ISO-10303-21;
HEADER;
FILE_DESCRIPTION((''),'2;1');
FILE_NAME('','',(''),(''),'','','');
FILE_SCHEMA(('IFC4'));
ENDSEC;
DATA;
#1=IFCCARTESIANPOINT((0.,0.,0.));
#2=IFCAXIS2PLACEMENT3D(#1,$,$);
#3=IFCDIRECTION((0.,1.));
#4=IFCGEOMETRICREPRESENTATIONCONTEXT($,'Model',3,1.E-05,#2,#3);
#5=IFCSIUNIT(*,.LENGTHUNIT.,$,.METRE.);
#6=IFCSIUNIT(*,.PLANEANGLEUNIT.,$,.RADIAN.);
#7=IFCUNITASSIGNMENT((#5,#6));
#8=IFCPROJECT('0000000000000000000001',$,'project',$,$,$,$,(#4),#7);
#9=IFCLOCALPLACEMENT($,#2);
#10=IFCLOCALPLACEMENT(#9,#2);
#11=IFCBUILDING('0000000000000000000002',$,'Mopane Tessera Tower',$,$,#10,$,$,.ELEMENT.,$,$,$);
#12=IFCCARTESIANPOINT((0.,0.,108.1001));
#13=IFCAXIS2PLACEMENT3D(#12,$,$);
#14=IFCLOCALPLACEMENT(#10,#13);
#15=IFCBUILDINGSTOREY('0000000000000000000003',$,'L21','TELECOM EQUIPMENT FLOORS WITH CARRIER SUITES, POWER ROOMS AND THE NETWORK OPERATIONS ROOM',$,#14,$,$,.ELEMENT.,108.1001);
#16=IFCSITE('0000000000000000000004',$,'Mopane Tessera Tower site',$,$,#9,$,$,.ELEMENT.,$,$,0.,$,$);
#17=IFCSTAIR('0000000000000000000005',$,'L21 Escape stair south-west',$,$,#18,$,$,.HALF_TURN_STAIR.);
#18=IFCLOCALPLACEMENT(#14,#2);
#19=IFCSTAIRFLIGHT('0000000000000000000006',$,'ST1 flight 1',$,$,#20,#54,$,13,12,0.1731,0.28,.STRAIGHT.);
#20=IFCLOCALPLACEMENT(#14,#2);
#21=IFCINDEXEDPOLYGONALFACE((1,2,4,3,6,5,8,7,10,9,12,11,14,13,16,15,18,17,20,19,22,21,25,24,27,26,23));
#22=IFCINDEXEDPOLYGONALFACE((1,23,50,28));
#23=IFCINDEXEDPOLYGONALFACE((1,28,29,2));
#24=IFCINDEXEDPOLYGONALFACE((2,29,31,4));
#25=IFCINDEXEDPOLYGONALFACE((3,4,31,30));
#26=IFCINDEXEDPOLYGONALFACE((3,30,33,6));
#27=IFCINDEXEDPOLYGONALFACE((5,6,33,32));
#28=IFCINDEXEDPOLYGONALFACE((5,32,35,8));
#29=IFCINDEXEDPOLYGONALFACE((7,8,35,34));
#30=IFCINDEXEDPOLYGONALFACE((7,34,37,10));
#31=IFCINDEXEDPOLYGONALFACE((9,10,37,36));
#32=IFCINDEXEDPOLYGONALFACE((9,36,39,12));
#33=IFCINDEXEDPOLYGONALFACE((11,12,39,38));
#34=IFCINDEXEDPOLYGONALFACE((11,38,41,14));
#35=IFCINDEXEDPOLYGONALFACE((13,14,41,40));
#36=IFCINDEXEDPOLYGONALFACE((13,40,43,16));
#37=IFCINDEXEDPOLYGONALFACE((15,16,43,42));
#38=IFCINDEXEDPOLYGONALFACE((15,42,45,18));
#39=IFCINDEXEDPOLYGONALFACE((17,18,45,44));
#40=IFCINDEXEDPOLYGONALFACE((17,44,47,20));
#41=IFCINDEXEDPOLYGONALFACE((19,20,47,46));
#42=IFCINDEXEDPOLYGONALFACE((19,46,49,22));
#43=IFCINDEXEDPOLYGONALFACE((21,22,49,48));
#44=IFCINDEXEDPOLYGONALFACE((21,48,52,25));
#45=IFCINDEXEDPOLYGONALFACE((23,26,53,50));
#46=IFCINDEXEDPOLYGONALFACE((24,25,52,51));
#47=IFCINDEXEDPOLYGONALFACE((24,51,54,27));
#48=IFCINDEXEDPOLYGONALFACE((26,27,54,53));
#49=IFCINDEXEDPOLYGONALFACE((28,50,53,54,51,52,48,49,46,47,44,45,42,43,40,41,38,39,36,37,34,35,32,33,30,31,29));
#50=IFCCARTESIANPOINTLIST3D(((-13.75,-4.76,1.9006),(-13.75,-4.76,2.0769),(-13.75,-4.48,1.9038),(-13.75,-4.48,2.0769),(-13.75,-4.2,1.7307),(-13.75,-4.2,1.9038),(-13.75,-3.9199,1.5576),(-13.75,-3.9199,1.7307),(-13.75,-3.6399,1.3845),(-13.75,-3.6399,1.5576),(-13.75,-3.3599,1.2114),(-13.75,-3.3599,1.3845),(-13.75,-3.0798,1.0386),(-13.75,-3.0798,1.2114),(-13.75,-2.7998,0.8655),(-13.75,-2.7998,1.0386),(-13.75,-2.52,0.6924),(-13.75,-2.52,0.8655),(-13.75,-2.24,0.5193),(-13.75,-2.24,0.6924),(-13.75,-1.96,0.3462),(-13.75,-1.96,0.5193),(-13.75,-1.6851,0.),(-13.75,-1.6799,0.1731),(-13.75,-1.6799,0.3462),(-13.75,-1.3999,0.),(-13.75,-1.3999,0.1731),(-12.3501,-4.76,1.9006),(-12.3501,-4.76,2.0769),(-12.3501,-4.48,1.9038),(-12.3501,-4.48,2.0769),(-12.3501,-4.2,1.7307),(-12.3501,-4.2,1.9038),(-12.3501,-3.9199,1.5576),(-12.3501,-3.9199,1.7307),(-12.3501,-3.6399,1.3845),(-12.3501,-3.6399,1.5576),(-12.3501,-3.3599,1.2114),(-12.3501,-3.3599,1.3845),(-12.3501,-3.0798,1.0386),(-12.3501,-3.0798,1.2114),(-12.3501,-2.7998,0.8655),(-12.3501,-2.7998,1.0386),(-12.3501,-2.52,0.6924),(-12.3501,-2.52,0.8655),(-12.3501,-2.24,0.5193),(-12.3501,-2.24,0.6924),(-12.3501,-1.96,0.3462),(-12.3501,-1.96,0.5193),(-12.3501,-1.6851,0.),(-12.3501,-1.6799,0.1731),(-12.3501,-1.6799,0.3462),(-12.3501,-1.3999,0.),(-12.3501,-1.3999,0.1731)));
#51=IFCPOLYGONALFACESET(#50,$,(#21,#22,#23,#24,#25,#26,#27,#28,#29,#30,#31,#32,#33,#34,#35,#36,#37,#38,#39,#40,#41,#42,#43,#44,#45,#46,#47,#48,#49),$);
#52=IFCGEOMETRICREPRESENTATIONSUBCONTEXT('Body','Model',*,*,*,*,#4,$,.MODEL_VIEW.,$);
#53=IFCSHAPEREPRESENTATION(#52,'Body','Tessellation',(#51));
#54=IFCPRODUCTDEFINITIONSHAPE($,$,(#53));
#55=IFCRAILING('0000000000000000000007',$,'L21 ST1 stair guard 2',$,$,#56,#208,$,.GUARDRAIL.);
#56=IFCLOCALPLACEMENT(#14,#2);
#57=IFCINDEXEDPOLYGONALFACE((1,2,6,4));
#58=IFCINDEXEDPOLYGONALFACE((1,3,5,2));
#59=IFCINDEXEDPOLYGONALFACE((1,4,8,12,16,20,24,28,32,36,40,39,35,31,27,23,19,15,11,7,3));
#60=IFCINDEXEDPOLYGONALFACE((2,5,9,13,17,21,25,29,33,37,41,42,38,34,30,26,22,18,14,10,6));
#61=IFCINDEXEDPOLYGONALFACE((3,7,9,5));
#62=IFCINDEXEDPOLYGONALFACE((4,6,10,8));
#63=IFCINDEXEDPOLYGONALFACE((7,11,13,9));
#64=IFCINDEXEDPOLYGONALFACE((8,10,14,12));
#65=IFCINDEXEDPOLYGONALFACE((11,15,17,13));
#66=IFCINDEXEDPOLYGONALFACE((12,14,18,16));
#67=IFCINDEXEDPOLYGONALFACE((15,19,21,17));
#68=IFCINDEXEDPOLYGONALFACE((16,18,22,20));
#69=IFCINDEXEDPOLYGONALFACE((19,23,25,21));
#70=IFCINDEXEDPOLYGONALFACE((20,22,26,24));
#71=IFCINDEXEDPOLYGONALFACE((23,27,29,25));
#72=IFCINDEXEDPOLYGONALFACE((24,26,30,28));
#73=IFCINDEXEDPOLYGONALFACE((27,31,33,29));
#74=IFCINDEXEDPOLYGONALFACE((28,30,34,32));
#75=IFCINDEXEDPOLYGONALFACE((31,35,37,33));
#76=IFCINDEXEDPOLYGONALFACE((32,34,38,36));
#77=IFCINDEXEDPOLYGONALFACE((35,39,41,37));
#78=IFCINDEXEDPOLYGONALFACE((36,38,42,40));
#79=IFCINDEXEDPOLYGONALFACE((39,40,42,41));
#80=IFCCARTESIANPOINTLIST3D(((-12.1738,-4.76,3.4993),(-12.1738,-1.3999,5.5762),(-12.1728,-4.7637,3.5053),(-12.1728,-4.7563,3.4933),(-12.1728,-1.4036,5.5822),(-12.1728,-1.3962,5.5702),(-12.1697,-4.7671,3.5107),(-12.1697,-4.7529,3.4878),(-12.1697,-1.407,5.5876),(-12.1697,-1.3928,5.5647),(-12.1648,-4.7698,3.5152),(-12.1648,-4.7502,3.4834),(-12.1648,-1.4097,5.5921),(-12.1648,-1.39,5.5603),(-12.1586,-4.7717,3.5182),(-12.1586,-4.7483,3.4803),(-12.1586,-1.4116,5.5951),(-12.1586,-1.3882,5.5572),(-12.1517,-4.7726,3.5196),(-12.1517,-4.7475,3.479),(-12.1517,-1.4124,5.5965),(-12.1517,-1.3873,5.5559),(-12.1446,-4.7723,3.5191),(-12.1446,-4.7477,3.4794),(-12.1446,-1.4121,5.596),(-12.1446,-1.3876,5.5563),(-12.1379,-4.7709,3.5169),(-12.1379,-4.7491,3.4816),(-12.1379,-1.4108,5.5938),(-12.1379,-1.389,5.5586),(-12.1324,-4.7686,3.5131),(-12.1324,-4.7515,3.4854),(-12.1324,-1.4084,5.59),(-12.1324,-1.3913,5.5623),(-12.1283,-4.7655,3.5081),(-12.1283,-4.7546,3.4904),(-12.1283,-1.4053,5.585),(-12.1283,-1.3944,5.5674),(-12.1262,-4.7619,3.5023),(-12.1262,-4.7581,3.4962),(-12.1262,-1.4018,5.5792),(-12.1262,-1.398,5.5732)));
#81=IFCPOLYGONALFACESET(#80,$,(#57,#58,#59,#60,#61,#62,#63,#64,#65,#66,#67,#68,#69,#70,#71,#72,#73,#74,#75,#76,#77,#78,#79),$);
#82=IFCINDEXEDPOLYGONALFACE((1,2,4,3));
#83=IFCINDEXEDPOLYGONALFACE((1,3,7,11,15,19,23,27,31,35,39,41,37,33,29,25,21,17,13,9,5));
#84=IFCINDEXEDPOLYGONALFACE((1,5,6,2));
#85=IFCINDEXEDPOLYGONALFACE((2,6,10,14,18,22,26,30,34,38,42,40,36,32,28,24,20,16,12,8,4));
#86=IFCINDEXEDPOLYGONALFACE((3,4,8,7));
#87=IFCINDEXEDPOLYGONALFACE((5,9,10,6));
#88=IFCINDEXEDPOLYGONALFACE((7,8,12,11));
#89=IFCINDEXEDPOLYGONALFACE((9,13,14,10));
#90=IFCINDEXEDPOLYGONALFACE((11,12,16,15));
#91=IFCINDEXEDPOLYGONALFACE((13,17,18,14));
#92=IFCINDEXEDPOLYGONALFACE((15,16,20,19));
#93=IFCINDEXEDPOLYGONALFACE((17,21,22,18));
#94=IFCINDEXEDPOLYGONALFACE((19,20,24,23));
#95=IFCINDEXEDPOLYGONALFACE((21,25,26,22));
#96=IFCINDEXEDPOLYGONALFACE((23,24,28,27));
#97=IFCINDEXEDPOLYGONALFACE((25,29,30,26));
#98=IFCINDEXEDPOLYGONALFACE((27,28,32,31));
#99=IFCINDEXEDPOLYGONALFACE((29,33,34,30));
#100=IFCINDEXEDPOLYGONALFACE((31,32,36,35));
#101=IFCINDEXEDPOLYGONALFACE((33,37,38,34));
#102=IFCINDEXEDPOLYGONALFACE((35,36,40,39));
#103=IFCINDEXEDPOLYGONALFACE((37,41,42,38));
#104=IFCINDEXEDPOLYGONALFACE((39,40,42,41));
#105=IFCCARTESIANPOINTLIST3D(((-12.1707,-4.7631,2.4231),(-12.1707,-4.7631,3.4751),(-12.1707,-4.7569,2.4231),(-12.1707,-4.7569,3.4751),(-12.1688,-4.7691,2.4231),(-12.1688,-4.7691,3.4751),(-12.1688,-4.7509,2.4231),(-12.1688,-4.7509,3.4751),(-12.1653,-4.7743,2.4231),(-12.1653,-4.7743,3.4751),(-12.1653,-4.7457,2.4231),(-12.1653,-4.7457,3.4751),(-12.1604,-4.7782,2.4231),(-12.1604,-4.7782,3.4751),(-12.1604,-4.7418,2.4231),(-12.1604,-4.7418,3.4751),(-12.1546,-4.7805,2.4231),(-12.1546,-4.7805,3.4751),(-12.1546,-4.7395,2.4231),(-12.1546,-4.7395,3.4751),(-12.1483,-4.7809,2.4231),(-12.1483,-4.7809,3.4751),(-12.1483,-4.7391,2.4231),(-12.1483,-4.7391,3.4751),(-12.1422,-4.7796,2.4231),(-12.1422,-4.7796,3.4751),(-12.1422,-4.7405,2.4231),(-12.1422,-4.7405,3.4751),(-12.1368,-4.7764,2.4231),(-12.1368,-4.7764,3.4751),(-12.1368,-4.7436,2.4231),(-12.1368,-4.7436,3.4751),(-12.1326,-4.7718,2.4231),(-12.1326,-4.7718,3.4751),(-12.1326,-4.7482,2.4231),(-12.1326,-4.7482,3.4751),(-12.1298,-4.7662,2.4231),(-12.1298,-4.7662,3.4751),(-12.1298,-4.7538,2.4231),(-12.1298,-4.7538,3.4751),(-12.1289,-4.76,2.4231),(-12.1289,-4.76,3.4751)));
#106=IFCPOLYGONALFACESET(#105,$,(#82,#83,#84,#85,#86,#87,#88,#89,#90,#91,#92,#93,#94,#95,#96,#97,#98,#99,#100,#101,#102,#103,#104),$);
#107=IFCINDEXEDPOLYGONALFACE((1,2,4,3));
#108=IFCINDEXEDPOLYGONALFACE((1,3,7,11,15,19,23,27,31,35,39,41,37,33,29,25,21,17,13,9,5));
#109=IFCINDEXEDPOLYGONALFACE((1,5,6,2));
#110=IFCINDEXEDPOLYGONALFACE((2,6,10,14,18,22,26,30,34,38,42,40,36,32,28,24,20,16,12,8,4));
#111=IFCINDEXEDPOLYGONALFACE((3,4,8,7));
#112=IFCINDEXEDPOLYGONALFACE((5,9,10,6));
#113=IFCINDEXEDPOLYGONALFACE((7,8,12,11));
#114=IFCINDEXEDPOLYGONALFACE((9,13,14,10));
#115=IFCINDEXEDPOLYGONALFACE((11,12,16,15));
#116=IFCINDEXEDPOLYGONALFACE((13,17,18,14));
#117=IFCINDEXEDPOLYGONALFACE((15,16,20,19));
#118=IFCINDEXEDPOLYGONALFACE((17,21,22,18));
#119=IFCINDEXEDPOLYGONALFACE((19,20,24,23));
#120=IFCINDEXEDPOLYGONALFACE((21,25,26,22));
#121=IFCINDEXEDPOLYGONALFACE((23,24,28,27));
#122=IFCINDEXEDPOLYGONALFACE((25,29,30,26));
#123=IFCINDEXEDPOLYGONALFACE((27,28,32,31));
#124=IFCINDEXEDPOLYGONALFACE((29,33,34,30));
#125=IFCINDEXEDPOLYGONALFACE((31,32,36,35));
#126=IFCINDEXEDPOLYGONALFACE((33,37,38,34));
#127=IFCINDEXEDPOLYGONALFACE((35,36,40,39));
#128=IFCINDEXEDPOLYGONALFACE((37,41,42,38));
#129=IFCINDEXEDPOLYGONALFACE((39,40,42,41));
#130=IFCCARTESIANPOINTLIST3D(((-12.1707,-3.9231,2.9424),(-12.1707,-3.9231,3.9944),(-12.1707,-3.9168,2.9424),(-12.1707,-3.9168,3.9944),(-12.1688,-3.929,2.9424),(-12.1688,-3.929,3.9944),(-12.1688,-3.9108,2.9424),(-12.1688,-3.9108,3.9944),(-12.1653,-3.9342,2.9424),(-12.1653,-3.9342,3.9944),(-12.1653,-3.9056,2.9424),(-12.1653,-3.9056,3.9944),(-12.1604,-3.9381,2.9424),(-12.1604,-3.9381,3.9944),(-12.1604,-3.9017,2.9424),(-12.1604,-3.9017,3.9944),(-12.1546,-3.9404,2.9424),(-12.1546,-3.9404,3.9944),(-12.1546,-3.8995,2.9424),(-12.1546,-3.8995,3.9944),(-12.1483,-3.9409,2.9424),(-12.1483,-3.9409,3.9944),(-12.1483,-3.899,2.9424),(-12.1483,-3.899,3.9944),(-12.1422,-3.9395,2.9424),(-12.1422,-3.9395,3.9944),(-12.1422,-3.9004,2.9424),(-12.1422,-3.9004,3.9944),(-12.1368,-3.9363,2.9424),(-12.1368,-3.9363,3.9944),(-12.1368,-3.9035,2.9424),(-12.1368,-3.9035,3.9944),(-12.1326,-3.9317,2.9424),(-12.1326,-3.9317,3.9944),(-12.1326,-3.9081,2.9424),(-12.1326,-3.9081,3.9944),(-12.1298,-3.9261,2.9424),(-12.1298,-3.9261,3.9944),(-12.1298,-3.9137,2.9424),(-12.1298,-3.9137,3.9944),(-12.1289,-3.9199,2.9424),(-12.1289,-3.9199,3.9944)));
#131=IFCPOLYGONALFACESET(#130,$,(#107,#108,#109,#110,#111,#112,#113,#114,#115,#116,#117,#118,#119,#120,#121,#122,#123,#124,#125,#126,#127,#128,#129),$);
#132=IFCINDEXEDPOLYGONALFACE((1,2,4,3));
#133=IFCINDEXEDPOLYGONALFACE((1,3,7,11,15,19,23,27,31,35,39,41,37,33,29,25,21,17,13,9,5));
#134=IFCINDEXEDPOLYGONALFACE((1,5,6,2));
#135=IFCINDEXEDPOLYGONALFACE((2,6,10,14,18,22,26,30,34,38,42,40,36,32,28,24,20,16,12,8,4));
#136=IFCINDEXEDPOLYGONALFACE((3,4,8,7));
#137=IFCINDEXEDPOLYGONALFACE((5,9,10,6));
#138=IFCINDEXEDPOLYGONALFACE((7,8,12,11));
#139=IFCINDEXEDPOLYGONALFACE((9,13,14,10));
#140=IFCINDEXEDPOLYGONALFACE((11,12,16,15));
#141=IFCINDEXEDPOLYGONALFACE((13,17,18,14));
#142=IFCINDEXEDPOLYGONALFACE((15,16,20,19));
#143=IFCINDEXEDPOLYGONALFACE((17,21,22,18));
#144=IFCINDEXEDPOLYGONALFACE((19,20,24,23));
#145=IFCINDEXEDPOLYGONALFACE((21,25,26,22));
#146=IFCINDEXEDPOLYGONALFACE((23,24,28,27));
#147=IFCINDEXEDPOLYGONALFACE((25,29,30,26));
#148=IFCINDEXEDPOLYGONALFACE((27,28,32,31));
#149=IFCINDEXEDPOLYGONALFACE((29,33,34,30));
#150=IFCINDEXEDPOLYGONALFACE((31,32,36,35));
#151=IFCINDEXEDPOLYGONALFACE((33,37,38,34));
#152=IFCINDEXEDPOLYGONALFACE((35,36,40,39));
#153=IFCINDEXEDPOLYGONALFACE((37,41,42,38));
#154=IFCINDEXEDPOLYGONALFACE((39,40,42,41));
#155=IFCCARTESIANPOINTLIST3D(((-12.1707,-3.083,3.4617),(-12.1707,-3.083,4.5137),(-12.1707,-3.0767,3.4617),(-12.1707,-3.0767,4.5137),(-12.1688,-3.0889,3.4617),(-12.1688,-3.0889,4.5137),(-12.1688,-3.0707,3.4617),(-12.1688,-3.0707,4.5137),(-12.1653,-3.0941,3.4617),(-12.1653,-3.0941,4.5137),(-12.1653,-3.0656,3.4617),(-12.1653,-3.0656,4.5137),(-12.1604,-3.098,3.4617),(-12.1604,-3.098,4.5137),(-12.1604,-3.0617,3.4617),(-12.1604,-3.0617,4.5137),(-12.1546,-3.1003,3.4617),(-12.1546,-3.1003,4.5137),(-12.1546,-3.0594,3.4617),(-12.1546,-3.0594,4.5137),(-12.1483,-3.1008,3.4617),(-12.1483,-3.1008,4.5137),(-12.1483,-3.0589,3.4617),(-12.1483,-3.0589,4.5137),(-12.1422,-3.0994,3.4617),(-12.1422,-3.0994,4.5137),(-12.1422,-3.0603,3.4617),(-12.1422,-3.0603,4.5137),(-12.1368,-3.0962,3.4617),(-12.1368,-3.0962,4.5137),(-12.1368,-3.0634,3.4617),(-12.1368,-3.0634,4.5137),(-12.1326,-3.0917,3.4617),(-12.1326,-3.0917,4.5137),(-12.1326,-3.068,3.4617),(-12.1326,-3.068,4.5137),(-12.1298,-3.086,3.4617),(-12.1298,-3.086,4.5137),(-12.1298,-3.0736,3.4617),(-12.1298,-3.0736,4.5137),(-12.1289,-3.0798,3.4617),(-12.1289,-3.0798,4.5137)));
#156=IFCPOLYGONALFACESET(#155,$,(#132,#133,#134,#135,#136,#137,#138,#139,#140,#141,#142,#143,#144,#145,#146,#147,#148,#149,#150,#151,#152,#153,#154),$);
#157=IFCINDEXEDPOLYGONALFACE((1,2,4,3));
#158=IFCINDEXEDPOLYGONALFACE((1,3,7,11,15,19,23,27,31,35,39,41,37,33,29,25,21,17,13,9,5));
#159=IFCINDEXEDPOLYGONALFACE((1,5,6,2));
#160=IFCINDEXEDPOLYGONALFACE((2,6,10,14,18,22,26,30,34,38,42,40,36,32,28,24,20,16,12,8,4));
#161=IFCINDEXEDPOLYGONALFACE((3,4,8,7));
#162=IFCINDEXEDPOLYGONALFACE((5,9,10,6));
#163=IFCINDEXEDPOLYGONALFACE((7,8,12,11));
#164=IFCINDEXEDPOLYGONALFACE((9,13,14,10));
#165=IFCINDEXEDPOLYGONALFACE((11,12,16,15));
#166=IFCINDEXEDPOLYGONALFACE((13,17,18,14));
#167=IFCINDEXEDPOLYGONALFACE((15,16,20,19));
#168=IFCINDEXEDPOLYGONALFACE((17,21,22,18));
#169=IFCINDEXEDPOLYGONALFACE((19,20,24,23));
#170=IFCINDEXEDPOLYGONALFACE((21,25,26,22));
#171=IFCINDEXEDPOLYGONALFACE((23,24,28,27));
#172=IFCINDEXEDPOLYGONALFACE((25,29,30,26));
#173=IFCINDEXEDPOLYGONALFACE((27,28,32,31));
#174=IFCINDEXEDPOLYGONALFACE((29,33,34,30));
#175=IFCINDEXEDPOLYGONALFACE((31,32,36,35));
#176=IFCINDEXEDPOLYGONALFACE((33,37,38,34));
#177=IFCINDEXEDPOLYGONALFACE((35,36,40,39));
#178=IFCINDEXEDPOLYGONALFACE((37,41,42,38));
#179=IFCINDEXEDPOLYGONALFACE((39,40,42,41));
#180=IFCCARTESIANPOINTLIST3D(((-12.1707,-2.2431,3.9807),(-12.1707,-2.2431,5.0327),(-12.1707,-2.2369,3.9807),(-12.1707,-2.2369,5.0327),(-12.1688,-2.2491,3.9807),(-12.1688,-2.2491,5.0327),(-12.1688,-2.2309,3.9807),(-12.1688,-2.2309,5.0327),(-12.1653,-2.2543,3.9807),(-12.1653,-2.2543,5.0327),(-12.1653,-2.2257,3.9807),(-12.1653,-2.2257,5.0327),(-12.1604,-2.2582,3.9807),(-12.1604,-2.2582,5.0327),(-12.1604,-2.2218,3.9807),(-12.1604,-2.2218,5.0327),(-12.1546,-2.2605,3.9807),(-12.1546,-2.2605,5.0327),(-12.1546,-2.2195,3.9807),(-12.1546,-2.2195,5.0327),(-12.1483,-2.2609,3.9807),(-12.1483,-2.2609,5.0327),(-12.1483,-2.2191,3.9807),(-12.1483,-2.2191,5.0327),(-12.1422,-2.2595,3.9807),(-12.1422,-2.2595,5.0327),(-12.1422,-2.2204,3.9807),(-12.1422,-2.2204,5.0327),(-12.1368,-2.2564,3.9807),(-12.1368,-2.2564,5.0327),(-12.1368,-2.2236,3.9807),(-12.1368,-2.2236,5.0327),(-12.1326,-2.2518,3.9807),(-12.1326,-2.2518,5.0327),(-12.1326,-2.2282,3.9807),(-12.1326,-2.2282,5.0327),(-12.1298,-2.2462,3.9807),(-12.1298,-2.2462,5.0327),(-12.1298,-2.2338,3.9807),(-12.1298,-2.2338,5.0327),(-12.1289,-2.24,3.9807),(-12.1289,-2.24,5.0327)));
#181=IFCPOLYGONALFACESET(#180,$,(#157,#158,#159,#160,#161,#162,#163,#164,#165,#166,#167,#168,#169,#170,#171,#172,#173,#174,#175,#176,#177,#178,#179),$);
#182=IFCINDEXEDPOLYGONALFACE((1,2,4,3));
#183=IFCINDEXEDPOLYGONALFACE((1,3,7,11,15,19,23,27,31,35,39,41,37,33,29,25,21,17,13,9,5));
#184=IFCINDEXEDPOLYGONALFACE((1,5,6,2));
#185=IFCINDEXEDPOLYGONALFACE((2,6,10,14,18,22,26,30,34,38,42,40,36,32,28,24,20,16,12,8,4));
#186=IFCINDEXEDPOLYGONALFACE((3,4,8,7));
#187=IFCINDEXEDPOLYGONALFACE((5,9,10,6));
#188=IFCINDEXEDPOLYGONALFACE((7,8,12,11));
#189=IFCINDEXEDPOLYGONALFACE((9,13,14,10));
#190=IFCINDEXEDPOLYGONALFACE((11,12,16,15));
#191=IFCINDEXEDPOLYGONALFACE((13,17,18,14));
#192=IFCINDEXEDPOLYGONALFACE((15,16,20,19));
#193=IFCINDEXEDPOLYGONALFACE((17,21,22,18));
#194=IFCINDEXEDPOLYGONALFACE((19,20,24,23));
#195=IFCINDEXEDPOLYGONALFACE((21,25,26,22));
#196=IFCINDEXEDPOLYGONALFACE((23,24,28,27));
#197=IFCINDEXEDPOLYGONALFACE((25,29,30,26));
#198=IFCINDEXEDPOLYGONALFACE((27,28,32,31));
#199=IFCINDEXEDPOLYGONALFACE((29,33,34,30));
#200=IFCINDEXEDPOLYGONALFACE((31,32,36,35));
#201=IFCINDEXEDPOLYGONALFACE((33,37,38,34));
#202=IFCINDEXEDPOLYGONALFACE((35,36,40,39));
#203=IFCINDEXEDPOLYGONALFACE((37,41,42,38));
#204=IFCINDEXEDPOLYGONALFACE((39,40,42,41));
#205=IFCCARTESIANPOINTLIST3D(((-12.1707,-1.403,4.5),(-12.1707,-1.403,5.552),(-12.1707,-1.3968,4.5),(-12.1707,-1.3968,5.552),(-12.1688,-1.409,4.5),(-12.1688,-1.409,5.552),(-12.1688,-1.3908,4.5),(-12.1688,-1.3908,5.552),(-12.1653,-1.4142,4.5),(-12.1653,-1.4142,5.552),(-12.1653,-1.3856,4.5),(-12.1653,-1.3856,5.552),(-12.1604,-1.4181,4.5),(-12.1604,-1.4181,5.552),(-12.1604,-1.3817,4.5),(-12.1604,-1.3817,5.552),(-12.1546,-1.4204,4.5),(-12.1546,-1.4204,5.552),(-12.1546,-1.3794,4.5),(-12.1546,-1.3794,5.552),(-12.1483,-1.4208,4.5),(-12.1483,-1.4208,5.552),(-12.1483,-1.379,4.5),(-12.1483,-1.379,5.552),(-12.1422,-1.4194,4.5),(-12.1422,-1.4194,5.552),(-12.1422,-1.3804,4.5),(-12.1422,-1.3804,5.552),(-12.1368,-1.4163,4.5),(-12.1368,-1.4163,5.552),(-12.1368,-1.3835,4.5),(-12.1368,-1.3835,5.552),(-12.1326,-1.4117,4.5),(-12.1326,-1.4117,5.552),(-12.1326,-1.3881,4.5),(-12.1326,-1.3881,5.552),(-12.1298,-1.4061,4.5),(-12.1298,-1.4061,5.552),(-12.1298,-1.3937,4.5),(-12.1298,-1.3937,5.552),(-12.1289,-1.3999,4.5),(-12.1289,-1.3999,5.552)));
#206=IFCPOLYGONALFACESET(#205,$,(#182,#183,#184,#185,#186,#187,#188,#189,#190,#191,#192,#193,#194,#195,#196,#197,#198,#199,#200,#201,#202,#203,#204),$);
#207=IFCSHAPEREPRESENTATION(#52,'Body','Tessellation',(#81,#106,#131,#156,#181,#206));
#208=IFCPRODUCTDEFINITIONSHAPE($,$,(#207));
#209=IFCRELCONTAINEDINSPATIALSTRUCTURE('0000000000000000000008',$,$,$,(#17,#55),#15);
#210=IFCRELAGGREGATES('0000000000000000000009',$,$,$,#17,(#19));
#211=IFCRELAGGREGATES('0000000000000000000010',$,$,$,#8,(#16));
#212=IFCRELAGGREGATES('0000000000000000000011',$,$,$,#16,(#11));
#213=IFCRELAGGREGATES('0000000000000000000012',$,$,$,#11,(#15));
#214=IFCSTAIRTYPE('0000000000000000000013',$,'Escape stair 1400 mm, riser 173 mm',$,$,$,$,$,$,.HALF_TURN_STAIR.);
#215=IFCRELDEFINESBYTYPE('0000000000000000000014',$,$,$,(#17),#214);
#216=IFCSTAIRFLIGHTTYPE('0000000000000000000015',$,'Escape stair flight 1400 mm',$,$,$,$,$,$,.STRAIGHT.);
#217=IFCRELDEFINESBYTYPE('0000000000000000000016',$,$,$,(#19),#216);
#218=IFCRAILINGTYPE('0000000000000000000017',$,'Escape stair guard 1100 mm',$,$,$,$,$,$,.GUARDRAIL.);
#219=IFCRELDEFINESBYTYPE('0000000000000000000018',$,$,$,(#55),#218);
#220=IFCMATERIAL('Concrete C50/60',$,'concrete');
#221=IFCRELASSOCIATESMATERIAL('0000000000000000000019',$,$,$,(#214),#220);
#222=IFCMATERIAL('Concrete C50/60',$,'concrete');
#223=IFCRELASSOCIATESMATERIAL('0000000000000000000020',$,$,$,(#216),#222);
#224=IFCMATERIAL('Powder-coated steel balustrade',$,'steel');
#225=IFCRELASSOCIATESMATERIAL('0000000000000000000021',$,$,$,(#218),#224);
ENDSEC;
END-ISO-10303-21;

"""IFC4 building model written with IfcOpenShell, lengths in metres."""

from ifc_helpers import new_model, si_unit, direction, frame, origin, origin_2d, place, context, subcontext, project, spatial, polyline, circle, outline, extrude, material, type_object, element, aggregate, save


model = new_model("IFC4")

# Units and contexts
model_context = context("Model", 3, precision=1e-05, world=origin(), true_north=direction((0.0, 1.0)))
body_context = subcontext(model_context, "Body", "Model", "MODEL_VIEW")
ifc_project = project(units=[si_unit("LENGTHUNIT", "METRE"), si_unit("PLANEANGLEUNIT", "RADIAN")], contexts=[model_context])

# Site, building, storey
site_placement = place(None, origin())
site = spatial("IfcSite", under=ifc_project, at=site_placement, Name="Mopane Tessera Tower site", CompositionType="ELEMENT", RefElevation=0.0)
building_placement = place(site_placement, origin())
building = spatial("IfcBuilding", under=site, at=building_placement, Name="Mopane Tessera Tower", CompositionType="ELEMENT")
storey_placement = place(building_placement, frame((0.0, 0.0, 108.1001)))
storey = spatial("IfcBuildingStorey", under=building, at=storey_placement, Name="L21", Description="TELECOM EQUIPMENT FLOORS WITH CARRIER SUITES, POWER ROOMS AND THE NETWORK OPERATIONS ROOM", CompositionType="ELEMENT", Elevation=108.1001)

# Stair, stair flight
ifc_material_1 = material(Name="Concrete C50/60", Category="concrete")
stair_type = type_object("IfcStairType", Name="Escape stair 1400 mm, riser 173 mm", PredefinedType="HALF_TURN_STAIR", material=ifc_material_1)
stair_placement = place(storey_placement, origin())
stair = element("IfcStair", 1, at=stair_placement, inside=storey, type_object=stair_type, Name="L21 Escape stair south-west", PredefinedType="HALF_TURN_STAIR")
ifc_material_2 = material(Name="Concrete C50/60", Category="concrete")
stair_flight_type = type_object("IfcStairFlightType", Name="Escape stair flight 1400 mm", PredefinedType="STRAIGHT", material=ifc_material_2)
stair_flight_placement = place(storey_placement, frame((-13.05, -1.3999, 0.0), z_axis=(0.0, 0.0, 1.0), x_axis=(0.0, -1.0, 0.0)))
stair_flight = element("IfcStairFlight", 2, at=stair_flight_placement, type_object=stair_flight_type, Name="ST1 flight 1", NumberOfRisers=13, NumberOfTreads=12, PredefinedType="STRAIGHT", RiserHeight=0.1731, TreadLength=0.28, context=body_context, shape_type="SweptSolid", body=[
    extrude(outline(polyline([(0.0, 0.0), (0.0, 0.1731), (0.28, 0.1731), (0.28, 0.3462), (0.5601, 0.3462), (0.5601, 0.5193), (0.8401, 0.5193), (0.8401, 0.6924), (1.1201, 0.6924), (1.1201, 0.8655), (1.3999, 0.8655), (1.3999, 1.0386), (1.6799, 1.0386), (1.6799, 1.2114), (1.96, 1.2114), (1.96, 1.3845), (2.24, 1.3845), (2.24, 1.5576), (2.52, 1.5576), (2.52, 1.7307), (2.8, 1.7307), (2.8, 1.9038), (3.0801, 1.9038), (3.0801, 2.0769), (3.3601, 2.0769), (3.3601, 2.25), (3.3601, 1.9006), (0.2852, 0.0), (0.0, 0.0)])), frame((0.0, 0.7, 0.0), z_axis=(0.0, -1.0, 0.0), x_axis=(1.0, 0.0, 0.0)), (0.0, 0.0, 1.0), 1.3999),
])
aggregate(stair, [stair_flight])

# Railing
ifc_material_3 = material(Name="Powder-coated steel balustrade", Category="steel")
railing_type_1 = type_object("IfcRailingType", Name="Escape stair guard 1100 mm", PredefinedType="GUARDRAIL", material=ifc_material_3)
railing_1_placement = place(storey_placement, frame((-12.1499, -4.76, 2.4231)))
element("IfcRailing", 3, at=railing_1_placement, inside=storey, type_object=railing_type_1, Name="L21 ST1 stair guard 2", PredefinedType="GUARDRAIL", context=body_context, shape_type="SweptSolid", body=[
    extrude(circle(Radius=0.0239, at=origin_2d()), frame((0.0, 0.0, 1.0762), z_axis=(0.0, 0.850623, 0.525776), x_axis=(-1.0, 0.0, 0.0)), (0.0, 0.0, 1.0), 3.9502),
    extrude(circle(Radius=0.021, at=origin_2d()), origin(), (0.0, 0.0, 1.0), 1.052),
    extrude(circle(Radius=0.021, at=origin_2d()), frame((0.0, 0.8401, 0.5193)), (0.0, 0.0, 1.0), 1.052),
    extrude(circle(Radius=0.021, at=origin_2d()), frame((0.0, 1.6802, 1.0386)), (0.0, 0.0, 1.0), 1.052),
    extrude(circle(Radius=0.021, at=origin_2d()), frame((0.0, 2.52, 1.5576)), (0.0, 0.0, 1.0), 1.052),
    extrude(circle(Radius=0.021, at=origin_2d()), frame((0.0, 3.3601, 2.0769)), (0.0, 0.0, 1.0), 1.052),
])

save(model, "model.ifc")
